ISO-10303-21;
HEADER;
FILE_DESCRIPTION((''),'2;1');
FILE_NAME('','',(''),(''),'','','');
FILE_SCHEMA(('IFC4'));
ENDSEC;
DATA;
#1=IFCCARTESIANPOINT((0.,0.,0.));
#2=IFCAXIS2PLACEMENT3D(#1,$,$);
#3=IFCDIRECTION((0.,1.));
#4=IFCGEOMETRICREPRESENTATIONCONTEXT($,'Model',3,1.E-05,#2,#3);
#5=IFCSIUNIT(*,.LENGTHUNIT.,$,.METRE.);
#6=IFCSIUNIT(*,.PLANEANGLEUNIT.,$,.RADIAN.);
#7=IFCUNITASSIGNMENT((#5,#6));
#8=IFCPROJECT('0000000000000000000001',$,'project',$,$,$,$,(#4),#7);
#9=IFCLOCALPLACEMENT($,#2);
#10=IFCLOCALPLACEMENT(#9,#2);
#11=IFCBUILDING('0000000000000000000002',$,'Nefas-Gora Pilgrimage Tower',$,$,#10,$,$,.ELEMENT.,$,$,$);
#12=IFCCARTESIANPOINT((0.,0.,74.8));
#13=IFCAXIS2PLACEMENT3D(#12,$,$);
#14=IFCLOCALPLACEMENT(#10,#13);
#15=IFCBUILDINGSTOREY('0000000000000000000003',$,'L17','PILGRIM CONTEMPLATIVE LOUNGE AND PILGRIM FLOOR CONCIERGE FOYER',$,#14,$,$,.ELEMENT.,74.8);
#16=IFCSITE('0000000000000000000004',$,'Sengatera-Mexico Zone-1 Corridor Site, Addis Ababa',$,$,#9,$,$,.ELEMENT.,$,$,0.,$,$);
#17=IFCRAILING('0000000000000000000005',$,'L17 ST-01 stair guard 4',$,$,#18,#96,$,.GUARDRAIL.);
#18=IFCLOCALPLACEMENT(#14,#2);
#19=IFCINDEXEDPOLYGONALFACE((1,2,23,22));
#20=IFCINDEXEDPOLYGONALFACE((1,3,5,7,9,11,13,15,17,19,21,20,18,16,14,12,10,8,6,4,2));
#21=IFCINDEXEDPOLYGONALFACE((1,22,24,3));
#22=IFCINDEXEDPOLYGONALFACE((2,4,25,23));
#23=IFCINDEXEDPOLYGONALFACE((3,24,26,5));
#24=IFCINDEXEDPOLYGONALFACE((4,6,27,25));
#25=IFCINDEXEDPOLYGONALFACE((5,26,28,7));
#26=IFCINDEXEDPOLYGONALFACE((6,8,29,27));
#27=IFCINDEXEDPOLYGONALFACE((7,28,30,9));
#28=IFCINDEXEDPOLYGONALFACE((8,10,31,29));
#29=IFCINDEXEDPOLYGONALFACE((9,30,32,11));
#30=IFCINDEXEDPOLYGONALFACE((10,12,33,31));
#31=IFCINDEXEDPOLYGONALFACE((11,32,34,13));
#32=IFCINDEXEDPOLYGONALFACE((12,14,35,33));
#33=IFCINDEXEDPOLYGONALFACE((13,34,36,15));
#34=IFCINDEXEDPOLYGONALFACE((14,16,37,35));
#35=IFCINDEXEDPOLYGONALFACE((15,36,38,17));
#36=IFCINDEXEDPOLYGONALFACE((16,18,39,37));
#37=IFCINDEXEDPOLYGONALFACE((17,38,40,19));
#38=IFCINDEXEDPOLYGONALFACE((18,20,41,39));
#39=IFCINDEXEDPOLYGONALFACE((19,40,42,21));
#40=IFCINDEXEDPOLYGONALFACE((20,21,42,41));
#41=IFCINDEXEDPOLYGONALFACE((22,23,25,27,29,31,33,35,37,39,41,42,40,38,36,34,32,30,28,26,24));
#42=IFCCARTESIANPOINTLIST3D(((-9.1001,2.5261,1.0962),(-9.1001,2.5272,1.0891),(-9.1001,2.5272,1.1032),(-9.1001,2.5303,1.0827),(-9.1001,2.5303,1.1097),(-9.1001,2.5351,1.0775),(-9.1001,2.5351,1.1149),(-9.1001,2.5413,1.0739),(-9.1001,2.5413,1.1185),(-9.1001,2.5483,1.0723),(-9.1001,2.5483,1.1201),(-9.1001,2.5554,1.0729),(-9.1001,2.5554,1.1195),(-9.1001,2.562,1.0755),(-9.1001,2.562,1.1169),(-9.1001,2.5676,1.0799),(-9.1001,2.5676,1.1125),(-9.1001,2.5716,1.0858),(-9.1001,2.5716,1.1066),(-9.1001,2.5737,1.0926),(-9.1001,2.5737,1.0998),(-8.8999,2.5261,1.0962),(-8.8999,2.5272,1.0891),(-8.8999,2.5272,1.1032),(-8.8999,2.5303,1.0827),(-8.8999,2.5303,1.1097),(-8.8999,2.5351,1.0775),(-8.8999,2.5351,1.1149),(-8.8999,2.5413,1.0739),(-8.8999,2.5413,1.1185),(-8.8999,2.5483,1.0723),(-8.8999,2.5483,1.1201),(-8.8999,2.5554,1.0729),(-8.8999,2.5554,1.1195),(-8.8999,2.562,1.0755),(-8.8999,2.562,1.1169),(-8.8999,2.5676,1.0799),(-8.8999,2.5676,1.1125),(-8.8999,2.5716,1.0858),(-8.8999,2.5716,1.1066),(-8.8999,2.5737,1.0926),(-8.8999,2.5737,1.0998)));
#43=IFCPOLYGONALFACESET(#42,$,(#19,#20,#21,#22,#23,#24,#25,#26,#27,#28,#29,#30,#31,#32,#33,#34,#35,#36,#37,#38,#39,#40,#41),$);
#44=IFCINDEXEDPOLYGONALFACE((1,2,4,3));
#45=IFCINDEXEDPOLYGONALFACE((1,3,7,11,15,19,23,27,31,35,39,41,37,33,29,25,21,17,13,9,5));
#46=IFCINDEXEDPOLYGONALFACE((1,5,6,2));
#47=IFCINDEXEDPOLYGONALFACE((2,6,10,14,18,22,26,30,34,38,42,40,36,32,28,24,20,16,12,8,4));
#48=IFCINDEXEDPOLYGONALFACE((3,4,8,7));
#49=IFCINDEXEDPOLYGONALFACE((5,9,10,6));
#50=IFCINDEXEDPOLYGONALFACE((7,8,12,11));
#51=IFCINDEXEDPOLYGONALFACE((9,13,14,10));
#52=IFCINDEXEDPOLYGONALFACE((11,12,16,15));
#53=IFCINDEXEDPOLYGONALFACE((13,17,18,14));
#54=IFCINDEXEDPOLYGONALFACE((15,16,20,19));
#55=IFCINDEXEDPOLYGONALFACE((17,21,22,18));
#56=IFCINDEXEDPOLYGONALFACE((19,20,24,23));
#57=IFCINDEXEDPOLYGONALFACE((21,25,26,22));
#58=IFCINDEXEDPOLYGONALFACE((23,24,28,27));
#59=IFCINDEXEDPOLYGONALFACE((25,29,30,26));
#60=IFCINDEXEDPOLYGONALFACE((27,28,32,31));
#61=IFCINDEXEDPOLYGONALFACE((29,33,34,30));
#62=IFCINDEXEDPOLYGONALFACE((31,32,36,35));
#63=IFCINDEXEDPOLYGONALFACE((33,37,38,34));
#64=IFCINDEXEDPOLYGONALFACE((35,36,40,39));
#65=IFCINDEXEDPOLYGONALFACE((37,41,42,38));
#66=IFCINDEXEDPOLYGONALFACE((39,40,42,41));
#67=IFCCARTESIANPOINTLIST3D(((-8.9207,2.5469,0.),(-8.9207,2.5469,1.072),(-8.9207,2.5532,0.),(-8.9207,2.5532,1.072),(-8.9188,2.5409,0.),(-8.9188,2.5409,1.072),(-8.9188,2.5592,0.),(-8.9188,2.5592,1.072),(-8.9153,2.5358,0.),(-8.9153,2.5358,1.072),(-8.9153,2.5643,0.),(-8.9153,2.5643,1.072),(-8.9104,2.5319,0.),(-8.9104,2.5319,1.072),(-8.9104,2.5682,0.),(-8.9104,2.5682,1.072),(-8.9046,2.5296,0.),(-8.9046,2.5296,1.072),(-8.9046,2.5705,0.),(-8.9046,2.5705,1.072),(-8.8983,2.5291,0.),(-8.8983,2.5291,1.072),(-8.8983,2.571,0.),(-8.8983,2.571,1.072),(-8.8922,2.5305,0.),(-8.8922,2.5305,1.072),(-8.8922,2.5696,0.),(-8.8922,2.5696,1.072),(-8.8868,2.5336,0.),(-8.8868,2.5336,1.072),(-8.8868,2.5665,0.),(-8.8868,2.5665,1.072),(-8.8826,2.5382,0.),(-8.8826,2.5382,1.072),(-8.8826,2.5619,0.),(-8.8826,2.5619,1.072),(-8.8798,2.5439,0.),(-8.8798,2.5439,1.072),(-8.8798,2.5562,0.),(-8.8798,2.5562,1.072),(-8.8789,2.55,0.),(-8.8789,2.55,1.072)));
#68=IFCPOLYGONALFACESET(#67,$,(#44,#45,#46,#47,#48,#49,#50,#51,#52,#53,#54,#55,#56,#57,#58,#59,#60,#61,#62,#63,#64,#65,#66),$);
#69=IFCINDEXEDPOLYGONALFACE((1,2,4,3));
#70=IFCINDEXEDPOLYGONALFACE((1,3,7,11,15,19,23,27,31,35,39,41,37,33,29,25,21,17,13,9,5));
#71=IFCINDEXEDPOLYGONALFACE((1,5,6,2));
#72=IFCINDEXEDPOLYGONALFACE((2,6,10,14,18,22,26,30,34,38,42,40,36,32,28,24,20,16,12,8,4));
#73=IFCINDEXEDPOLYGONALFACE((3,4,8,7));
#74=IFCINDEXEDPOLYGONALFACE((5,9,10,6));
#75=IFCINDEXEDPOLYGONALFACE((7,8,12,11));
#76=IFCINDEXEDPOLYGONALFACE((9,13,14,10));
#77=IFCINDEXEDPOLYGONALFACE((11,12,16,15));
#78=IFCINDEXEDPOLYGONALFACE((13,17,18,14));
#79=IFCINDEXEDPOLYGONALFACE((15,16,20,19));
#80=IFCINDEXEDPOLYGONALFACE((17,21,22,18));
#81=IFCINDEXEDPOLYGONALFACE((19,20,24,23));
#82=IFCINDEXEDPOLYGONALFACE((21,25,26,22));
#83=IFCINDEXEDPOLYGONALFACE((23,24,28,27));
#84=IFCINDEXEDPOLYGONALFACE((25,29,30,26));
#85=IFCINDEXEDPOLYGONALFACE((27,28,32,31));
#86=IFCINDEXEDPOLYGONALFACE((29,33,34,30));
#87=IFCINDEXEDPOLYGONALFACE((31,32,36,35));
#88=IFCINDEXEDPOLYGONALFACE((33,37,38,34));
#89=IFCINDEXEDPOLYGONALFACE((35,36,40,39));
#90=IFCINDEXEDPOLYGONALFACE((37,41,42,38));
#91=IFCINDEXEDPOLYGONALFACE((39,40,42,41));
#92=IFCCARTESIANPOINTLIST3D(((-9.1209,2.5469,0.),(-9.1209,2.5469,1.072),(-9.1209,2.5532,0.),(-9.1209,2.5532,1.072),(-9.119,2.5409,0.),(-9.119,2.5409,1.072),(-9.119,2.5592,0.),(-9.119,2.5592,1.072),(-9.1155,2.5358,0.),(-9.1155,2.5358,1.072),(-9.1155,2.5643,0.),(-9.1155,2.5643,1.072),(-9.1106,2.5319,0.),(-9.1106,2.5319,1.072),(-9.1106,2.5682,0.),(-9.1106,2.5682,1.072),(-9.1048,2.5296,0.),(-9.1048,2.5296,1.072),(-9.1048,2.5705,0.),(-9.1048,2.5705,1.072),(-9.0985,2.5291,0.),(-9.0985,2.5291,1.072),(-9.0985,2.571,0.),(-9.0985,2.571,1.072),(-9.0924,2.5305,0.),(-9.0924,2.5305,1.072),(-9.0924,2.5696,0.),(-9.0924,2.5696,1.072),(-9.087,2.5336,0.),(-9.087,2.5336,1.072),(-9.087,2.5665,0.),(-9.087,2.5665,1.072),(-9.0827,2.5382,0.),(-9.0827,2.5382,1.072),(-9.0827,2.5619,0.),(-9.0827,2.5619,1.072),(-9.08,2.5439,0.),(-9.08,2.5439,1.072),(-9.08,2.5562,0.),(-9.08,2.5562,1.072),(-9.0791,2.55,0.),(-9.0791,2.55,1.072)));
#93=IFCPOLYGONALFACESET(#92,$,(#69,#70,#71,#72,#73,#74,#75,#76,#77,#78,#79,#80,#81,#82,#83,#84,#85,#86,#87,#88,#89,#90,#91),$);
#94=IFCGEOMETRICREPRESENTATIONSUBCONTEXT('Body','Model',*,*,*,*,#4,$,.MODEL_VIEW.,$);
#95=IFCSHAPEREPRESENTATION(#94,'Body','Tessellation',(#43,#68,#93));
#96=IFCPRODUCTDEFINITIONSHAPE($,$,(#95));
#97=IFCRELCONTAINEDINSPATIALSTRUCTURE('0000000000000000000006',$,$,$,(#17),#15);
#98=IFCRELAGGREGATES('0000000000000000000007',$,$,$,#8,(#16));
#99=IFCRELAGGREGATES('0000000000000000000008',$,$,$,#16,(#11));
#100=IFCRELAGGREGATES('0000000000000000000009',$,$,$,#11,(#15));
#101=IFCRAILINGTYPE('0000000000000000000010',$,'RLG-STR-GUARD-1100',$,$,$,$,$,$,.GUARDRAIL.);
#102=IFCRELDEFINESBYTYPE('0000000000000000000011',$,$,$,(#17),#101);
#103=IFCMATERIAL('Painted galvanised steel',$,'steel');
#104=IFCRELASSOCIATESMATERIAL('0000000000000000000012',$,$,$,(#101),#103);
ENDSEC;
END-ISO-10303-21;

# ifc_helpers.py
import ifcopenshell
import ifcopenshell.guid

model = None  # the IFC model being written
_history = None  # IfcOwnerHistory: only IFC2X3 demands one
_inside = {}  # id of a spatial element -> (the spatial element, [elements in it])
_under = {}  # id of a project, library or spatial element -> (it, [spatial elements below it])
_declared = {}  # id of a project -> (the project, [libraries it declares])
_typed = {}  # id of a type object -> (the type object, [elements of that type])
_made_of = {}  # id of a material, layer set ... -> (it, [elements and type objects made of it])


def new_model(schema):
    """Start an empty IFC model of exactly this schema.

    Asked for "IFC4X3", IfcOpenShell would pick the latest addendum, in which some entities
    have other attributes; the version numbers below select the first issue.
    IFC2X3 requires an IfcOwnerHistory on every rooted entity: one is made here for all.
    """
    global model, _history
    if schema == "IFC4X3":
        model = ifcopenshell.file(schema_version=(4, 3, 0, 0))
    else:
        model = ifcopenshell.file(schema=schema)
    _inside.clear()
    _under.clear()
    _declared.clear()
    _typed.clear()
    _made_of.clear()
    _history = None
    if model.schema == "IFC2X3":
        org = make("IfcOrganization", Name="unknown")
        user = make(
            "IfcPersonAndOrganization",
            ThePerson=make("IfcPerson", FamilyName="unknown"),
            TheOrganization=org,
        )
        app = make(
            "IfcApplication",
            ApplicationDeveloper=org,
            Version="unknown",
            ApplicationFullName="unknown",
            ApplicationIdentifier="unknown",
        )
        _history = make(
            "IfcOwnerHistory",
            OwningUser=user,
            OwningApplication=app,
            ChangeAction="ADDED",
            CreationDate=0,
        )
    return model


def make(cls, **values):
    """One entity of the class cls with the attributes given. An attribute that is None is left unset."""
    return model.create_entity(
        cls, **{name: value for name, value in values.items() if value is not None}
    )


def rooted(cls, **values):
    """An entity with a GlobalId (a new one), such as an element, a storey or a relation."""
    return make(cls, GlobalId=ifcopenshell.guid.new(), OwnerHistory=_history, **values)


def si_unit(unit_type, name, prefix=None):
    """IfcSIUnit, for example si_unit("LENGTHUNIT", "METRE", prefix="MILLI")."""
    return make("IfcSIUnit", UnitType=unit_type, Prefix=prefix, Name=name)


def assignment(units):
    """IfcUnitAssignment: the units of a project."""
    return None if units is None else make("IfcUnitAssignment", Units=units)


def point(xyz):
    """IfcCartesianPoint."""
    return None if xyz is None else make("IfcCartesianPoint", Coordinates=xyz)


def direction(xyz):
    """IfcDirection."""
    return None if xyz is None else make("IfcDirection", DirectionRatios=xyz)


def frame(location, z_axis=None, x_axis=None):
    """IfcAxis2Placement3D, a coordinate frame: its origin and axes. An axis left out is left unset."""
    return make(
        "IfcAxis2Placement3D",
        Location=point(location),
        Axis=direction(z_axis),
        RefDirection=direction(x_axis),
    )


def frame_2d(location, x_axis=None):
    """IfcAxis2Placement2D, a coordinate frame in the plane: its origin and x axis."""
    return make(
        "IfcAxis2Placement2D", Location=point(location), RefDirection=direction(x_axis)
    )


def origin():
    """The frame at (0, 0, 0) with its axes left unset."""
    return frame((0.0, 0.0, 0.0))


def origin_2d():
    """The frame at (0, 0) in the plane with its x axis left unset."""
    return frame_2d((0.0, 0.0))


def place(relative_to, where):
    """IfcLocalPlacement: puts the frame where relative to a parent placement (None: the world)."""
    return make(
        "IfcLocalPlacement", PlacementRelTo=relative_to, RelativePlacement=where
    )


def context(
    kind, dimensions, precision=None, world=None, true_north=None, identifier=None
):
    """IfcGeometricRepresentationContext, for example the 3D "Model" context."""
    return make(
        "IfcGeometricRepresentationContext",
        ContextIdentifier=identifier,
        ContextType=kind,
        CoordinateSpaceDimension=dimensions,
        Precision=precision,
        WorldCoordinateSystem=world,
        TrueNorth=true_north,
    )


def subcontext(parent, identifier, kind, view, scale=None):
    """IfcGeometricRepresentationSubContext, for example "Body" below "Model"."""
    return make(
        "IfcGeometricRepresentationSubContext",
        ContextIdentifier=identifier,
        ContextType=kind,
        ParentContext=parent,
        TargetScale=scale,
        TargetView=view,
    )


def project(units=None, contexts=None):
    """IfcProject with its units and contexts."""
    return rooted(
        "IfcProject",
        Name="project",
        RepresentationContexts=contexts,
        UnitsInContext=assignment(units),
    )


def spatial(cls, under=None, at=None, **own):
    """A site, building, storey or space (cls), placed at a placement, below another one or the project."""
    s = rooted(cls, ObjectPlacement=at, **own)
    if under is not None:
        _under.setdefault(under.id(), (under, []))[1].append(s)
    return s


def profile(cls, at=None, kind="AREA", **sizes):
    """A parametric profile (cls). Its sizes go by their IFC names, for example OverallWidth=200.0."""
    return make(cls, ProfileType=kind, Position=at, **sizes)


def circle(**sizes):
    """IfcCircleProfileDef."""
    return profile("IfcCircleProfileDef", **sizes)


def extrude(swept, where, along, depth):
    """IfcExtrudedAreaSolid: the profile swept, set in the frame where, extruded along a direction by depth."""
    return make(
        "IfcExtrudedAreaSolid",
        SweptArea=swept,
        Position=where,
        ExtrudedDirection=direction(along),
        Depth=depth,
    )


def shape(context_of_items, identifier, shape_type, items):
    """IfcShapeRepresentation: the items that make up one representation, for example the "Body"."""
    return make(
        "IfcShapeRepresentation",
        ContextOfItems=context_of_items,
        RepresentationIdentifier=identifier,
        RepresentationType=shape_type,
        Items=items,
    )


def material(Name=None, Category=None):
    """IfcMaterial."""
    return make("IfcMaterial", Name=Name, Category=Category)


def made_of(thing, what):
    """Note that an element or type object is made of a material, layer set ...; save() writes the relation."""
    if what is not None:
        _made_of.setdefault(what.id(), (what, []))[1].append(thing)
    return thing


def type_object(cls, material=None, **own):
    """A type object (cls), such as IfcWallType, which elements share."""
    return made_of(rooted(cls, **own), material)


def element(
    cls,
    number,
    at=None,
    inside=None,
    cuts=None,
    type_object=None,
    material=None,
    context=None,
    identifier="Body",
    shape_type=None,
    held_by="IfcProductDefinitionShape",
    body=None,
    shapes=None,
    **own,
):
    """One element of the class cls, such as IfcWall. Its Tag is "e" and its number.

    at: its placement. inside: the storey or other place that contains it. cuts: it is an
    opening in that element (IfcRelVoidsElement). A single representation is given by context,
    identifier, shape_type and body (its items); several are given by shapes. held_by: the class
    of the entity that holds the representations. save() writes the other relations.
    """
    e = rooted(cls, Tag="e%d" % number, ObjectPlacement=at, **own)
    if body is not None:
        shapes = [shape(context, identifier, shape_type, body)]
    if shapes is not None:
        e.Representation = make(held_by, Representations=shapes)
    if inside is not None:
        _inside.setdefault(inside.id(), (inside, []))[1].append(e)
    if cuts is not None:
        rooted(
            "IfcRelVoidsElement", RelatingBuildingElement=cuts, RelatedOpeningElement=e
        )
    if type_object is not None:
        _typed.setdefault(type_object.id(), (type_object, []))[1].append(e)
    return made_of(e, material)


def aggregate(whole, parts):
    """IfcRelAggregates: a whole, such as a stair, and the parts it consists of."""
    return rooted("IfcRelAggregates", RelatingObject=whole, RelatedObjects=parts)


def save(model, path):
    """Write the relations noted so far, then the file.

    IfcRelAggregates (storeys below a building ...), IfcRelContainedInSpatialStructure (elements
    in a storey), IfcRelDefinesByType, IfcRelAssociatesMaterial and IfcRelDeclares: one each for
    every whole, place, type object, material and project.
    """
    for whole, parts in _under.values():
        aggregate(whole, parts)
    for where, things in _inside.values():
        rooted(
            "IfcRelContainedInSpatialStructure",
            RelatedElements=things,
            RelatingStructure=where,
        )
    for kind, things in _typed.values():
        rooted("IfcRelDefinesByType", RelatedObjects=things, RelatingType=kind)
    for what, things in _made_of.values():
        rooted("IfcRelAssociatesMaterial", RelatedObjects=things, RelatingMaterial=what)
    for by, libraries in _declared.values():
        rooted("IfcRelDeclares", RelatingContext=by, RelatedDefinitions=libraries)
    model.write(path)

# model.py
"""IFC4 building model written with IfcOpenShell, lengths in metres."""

from ifc_helpers import new_model, si_unit, direction, frame, origin, origin_2d, place, context, subcontext, project, spatial, circle, extrude, material, type_object, element, save


model = new_model("IFC4")

# Units and contexts
model_context = context("Model", 3, precision=1e-05, world=origin(), true_north=direction((0.0, 1.0)))
body_context = subcontext(model_context, "Body", "Model", "MODEL_VIEW")
ifc_project = project(units=[si_unit("LENGTHUNIT", "METRE"), si_unit("PLANEANGLEUNIT", "RADIAN")], contexts=[model_context])

# Site, building, storey
site_placement = place(None, origin())
site = spatial("IfcSite", under=ifc_project, at=site_placement, Name="Sengatera-Mexico Zone-1 Corridor Site, Addis Ababa", CompositionType="ELEMENT", RefElevation=0.0)
building_placement = place(site_placement, origin())
building = spatial("IfcBuilding", under=site, at=building_placement, Name="Nefas-Gora Pilgrimage Tower", CompositionType="ELEMENT")
storey_placement = place(building_placement, frame((0.0, 0.0, 74.8)))
storey = spatial("IfcBuildingStorey", under=building, at=storey_placement, Name="L17", Description="PILGRIM CONTEMPLATIVE LOUNGE AND PILGRIM FLOOR CONCIERGE FOYER", CompositionType="ELEMENT", Elevation=74.8)

# Railing
ifc_material_1 = material(Name="Painted galvanised steel", Category="steel")
railing_type_1 = type_object("IfcRailingType", Name="RLG-STR-GUARD-1100", PredefinedType="GUARDRAIL", material=ifc_material_1)
railing_1_placement = place(storey_placement, frame((-8.8999, 2.55, 0.0)))
element("IfcRailing", 1, at=railing_1_placement, inside=storey, type_object=railing_type_1, Name="L17 ST-01 stair guard 4", PredefinedType="GUARDRAIL", context=body_context, shape_type="SweptSolid", body=[
    extrude(circle(Radius=0.0239, at=origin_2d()), frame((0.0, 0.0, 1.0962), z_axis=(-1.0, 0.0, 0.0), x_axis=(0.0, -1.0, 0.0)), (0.0, 0.0, 1.0), 0.2002),
    extrude(circle(Radius=0.021, at=origin_2d()), origin(), (0.0, 0.0, 1.0), 1.072),
    extrude(circle(Radius=0.021, at=origin_2d()), frame((-0.2002, 0.0, 0.0)), (0.0, 0.0, 1.0), 1.072),
])

save(model, "model.ifc")
